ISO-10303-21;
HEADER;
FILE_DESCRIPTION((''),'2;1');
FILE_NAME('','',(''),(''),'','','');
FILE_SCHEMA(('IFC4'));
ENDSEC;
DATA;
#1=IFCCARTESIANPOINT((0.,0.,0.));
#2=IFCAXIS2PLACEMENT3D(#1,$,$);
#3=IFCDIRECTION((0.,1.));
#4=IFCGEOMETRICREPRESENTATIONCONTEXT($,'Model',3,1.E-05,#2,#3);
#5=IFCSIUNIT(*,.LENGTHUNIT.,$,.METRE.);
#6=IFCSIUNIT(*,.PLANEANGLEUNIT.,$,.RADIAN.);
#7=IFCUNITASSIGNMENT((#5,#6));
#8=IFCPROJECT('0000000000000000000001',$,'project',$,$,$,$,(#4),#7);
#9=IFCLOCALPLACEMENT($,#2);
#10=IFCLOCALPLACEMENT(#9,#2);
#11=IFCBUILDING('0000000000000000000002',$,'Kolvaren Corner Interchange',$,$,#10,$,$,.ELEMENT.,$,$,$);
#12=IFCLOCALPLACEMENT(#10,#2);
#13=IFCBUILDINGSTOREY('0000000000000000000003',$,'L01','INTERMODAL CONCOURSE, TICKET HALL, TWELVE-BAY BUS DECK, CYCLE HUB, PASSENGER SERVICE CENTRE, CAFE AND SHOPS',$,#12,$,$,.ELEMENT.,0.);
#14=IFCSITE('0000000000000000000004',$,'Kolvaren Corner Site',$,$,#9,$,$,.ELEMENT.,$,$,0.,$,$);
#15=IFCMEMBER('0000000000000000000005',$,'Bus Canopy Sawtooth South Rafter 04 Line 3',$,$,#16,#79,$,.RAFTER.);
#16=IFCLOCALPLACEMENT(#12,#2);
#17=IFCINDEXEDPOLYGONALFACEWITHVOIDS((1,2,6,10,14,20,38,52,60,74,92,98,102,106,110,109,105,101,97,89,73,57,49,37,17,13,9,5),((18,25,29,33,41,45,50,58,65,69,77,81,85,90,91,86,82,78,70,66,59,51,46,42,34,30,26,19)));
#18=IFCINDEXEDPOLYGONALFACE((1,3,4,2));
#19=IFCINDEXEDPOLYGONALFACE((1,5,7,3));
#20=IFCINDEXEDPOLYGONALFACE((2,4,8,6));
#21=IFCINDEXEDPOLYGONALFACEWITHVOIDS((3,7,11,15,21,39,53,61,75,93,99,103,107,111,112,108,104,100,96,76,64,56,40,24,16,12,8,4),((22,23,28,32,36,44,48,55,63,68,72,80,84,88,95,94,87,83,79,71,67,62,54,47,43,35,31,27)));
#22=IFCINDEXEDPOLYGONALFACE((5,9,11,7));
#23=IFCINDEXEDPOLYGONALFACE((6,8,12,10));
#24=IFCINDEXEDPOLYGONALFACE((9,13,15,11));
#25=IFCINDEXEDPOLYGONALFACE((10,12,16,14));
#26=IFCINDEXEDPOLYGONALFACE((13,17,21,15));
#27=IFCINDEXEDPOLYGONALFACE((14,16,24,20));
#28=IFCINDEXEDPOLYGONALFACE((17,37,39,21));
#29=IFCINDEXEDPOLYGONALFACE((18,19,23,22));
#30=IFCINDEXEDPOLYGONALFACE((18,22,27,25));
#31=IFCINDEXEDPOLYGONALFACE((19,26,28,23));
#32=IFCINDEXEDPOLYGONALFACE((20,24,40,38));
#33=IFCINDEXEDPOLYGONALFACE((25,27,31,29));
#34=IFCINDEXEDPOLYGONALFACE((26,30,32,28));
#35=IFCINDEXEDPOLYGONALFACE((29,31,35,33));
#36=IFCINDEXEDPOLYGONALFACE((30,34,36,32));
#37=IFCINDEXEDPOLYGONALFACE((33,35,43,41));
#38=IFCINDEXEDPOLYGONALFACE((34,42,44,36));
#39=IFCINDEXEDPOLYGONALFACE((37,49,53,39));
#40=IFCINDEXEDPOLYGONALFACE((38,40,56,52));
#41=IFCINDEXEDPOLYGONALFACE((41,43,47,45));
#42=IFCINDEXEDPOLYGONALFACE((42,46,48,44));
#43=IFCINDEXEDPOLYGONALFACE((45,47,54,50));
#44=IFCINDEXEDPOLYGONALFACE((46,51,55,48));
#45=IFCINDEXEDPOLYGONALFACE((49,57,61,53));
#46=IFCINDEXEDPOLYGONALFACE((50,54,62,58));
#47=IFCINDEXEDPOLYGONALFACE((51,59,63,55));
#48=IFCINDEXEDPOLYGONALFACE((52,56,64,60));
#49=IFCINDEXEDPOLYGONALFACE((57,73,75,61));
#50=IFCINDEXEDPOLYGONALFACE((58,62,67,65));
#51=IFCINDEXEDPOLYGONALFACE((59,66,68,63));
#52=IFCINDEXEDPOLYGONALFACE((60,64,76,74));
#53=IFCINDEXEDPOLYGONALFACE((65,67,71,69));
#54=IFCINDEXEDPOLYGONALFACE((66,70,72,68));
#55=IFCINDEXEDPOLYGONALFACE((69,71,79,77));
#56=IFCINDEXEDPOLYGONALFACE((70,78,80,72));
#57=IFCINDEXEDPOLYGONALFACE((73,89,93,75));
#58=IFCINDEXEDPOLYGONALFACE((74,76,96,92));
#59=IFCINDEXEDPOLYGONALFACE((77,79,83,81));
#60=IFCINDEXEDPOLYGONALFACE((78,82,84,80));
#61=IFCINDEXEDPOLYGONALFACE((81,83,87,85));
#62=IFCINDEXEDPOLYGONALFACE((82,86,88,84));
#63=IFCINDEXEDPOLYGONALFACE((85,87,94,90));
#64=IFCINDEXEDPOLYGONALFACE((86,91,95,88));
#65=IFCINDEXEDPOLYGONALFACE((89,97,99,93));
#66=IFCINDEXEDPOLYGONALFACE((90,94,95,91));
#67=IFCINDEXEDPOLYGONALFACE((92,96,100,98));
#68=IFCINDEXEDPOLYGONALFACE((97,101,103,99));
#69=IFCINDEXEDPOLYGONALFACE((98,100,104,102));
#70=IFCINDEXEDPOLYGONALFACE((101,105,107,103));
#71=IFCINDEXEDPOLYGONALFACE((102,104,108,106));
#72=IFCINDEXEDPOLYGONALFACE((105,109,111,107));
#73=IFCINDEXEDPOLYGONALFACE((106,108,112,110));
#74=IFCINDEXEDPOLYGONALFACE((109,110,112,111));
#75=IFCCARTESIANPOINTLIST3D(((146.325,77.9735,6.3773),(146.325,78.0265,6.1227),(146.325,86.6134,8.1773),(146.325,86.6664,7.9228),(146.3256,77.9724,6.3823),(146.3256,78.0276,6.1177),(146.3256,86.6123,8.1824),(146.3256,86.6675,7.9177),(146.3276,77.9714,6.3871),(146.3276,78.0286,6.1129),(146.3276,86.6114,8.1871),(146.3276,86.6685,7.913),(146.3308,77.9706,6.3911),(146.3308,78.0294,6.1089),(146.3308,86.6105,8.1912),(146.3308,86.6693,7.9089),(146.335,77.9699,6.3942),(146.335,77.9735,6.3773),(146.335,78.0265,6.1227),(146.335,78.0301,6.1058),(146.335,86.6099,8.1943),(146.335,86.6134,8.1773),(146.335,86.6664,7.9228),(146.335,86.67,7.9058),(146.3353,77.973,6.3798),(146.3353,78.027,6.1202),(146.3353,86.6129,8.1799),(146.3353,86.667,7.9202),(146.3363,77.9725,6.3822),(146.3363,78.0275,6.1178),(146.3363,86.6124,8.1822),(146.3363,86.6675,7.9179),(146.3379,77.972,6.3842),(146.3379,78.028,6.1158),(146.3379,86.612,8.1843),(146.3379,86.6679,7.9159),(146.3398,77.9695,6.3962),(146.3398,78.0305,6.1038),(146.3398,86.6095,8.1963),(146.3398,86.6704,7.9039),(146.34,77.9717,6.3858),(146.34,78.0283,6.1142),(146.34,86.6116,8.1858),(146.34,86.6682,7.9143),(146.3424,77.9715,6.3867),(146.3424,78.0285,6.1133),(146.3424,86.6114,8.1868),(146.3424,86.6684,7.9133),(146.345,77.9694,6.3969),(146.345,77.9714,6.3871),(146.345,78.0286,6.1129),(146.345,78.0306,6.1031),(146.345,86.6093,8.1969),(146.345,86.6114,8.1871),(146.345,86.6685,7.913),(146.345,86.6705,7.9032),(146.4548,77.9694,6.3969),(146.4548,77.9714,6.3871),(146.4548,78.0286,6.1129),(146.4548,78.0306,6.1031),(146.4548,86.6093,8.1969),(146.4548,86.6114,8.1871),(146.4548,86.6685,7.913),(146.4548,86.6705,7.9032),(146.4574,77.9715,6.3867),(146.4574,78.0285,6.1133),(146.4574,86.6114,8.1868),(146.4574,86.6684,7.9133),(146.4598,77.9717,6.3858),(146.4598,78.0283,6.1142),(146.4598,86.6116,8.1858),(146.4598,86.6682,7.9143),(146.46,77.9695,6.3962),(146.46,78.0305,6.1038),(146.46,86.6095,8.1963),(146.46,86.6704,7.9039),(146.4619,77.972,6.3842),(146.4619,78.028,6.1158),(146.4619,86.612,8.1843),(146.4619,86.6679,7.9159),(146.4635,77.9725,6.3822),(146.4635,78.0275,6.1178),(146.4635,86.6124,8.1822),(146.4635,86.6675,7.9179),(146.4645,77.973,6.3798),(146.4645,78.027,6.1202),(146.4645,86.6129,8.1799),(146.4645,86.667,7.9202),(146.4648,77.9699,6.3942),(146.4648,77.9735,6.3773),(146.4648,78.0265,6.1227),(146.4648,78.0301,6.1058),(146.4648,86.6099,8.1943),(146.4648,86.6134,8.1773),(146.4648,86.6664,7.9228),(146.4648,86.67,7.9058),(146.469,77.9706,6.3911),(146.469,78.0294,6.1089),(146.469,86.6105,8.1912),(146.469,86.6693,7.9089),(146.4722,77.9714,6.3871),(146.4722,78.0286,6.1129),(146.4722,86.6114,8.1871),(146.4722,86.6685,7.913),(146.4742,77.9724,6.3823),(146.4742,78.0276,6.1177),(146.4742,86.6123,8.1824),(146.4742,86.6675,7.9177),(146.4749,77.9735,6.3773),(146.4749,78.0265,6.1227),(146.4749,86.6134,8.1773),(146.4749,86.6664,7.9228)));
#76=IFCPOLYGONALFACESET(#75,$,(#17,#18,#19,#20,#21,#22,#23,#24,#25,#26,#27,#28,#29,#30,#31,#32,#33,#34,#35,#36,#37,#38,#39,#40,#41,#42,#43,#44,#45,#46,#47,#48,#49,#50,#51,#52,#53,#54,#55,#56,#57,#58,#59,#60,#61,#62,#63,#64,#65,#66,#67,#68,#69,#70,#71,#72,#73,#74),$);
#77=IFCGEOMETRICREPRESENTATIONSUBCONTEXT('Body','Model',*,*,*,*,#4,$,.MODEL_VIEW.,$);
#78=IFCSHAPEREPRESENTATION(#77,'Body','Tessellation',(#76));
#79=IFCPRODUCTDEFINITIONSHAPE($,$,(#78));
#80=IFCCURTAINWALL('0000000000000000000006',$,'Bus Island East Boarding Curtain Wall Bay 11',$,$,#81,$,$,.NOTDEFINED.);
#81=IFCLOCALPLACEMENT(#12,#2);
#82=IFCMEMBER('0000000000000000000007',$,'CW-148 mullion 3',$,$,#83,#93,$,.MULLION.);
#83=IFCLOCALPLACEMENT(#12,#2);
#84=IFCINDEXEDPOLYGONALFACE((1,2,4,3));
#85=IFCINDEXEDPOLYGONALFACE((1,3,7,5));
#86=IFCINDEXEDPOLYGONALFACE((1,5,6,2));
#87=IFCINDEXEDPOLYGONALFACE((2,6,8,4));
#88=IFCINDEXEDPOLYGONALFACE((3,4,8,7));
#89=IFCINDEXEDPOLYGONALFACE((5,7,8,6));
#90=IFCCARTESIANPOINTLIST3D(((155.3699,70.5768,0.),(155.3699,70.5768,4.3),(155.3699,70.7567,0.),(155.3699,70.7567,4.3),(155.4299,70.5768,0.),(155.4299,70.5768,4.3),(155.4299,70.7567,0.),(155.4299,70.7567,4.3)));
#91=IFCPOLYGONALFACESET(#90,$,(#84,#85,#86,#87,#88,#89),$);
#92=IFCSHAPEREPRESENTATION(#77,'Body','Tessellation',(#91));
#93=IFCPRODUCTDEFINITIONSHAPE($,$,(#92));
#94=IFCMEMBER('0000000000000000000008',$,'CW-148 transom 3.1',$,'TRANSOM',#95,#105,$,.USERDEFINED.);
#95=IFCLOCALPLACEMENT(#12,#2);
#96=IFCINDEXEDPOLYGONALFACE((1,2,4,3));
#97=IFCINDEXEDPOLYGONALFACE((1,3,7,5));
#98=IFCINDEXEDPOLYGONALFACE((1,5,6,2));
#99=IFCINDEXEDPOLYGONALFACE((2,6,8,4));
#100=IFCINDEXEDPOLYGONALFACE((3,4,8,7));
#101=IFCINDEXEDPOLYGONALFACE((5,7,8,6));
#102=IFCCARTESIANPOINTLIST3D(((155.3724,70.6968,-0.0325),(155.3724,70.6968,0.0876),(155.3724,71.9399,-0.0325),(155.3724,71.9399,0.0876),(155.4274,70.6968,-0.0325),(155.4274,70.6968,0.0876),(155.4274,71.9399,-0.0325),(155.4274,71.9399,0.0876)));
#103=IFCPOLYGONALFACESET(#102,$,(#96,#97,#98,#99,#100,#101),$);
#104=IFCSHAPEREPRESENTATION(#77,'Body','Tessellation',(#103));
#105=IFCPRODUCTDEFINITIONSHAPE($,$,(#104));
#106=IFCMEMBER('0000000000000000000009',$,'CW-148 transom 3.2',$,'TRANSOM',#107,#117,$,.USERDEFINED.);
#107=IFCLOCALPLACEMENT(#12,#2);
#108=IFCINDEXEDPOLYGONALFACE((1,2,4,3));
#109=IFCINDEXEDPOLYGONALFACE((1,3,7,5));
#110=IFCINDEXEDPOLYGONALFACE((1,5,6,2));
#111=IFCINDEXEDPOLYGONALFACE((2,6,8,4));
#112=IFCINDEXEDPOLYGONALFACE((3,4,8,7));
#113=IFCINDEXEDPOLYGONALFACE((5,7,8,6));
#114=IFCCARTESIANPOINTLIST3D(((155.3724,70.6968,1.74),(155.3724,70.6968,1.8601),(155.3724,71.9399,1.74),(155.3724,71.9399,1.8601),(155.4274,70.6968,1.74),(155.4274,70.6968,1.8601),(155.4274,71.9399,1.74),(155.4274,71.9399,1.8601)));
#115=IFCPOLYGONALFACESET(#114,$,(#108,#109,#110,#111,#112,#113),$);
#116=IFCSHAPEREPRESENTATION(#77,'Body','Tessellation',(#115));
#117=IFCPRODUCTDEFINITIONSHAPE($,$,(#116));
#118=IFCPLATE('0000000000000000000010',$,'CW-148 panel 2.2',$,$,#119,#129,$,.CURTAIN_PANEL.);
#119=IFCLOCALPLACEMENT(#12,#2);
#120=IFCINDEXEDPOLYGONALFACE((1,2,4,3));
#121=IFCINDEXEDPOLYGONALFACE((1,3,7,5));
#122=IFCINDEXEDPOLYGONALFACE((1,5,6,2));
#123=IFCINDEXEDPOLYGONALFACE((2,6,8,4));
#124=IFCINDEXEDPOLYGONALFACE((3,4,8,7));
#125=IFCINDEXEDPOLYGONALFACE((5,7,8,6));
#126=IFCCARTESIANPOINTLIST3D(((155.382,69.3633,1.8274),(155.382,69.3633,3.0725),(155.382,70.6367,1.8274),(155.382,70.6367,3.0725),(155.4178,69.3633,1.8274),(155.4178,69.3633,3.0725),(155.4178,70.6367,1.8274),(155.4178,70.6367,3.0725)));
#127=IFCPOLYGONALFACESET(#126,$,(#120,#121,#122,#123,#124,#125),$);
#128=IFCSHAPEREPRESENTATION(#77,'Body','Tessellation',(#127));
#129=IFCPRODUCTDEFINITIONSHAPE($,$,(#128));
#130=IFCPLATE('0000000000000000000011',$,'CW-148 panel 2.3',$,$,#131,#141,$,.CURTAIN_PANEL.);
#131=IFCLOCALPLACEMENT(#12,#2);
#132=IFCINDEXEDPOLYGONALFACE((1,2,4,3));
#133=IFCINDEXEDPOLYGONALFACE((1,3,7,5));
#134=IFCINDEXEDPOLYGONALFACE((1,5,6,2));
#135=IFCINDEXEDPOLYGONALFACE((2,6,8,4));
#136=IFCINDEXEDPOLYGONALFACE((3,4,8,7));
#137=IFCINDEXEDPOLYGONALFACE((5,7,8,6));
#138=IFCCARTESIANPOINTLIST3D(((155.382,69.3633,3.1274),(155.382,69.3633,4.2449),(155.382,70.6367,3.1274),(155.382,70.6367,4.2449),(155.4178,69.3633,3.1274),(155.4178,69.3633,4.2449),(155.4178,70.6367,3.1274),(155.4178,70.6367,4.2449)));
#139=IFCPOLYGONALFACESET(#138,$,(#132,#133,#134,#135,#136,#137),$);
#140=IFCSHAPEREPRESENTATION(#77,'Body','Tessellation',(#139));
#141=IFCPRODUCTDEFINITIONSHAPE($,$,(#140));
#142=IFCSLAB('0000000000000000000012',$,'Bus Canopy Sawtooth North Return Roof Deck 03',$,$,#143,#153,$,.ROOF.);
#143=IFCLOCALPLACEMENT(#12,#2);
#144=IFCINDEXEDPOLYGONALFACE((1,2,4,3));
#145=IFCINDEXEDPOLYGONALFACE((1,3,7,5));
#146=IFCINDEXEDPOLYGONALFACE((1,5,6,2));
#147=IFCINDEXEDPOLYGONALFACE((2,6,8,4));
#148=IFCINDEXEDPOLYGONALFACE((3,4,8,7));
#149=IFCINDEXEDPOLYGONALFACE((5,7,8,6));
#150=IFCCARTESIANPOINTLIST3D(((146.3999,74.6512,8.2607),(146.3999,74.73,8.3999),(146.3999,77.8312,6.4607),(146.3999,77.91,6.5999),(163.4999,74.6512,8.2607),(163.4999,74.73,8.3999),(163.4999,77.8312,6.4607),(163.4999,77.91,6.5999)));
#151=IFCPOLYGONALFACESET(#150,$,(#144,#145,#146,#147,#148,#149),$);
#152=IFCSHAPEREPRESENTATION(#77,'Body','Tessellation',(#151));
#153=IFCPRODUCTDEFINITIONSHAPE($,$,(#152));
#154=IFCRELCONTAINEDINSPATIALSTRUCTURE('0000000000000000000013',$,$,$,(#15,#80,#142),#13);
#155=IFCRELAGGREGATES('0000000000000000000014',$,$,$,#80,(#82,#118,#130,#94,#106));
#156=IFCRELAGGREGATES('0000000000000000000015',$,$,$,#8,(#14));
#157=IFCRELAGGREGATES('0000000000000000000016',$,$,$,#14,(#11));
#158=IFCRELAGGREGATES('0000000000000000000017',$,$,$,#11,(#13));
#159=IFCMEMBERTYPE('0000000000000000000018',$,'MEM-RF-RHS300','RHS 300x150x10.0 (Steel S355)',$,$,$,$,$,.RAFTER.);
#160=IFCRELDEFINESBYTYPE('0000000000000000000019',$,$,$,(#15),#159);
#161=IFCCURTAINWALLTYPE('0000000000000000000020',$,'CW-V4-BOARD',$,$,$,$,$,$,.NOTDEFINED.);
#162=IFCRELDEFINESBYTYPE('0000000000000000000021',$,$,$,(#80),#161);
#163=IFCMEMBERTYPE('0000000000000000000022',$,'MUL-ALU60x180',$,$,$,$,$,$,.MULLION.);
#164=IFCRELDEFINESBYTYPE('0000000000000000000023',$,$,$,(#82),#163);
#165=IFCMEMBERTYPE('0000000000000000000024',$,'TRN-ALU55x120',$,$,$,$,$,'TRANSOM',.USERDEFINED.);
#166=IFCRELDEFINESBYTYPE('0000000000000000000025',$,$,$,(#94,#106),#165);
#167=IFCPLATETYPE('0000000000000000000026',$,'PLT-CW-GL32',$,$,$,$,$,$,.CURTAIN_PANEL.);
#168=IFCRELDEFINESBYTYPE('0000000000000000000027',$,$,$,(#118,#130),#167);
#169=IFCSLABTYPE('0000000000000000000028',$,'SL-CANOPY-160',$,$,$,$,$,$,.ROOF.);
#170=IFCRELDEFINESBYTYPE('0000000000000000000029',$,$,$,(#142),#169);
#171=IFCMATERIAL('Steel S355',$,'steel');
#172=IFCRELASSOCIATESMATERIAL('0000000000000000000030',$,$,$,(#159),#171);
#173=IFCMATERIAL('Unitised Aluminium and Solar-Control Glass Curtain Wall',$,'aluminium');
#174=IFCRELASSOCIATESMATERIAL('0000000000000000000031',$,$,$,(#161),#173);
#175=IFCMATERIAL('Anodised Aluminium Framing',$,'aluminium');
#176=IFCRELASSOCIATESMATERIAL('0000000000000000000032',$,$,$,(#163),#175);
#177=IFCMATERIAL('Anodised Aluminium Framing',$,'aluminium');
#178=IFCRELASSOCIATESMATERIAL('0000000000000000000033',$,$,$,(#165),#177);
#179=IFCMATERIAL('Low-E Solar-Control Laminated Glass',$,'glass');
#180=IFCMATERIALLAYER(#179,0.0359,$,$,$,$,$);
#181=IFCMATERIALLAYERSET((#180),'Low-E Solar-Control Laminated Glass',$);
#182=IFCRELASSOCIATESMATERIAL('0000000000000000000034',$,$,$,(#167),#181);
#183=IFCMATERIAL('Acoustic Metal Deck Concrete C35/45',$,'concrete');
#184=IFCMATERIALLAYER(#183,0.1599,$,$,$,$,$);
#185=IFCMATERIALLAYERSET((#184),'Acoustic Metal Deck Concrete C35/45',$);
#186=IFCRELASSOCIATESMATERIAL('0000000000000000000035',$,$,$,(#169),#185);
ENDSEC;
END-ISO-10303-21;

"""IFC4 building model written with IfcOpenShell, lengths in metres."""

from ifc_helpers import new_model, si_unit, direction, frame, origin, origin_2d, place, context, subcontext, project, spatial, polyline, rectangle, hollow_rectangle, outline, extrude, material, layer, layer_set, material_profile, profile_set, type_object, element, aggregate, save


model = new_model("IFC4")

# Units and contexts
model_context = context("Model", 3, precision=1e-05, world=origin(), true_north=direction((0.0, 1.0)))
body_context = subcontext(model_context, "Body", "Model", "MODEL_VIEW")
ifc_project = project(units=[si_unit("LENGTHUNIT", "METRE"), si_unit("PLANEANGLEUNIT", "RADIAN")], contexts=[model_context])

# Site, building, storey
site_placement = place(None, origin())
site = spatial("IfcSite", under=ifc_project, at=site_placement, Name="Kolvaren Corner Site", CompositionType="ELEMENT", RefElevation=0.0)
building_placement = place(site_placement, origin())
building = spatial("IfcBuilding", under=site, at=building_placement, Name="Kolvaren Corner Interchange", CompositionType="ELEMENT")
storey_placement = place(building_placement, origin())
storey = spatial("IfcBuildingStorey", under=building, at=storey_placement, Name="L01", Description="INTERMODAL CONCOURSE, TICKET HALL, TWELVE-BAY BUS DECK, CYCLE HUB, PASSENGER SERVICE CENTRE, CAFE AND SHOPS", CompositionType="ELEMENT", Elevation=0.0)

# Member
ifc_material_1 = material(Name="Steel S355", Category="steel")
ifc_material_profile_1 = material_profile(ifc_material_1, hollow_rectangle(XDim=0.1499, YDim=0.3, WallThickness=0.01, InnerFilletRadius=0.01, OuterFilletRadius=0.02, at=origin_2d()), Name="RHS 300x150x10.0")
ifc_profile_set_1 = profile_set([ifc_material_profile_1], Name="Steel S355")
member_type_1 = type_object("IfcMemberType", Name="MEM-RF-RHS300", Description="RHS 300x150x10.0 (Steel S355)", PredefinedType="RAFTER", material=ifc_profile_set_1)
for number, where, z_axis, x_axis, name in (
    (1, (146.3999, 78.0, 6.25), (0.0, 0.978979, 0.203962), (-1.0, 0.0, 0.0), "Bus Canopy Sawtooth South Rafter 04 Line 3"),
):
    element("IfcMember", number, at=place(storey_placement, frame(where, z_axis=z_axis, x_axis=x_axis)), inside=storey, type_object=member_type_1, Name=name, PredefinedType="RAFTER", context=body_context, shape_type="SweptSolid", body=[
        extrude(hollow_rectangle(XDim=0.1499, YDim=0.3, WallThickness=0.01, InnerFilletRadius=0.01, OuterFilletRadius=0.02, at=origin_2d()), origin(), (0.0, 0.0, 1.0), 8.8254),
    ])

# Curtain wall, members, plates
ifc_material_2 = material(Name="Unitised Aluminium and Solar-Control Glass Curtain Wall", Category="aluminium")
curtain_wall_type = type_object("IfcCurtainWallType", Name="CW-V4-BOARD", PredefinedType="NOTDEFINED", material=ifc_material_2)
curtain_wall_placement = place(storey_placement, origin())
curtain_wall = element("IfcCurtainWall", 2, at=curtain_wall_placement, inside=storey, type_object=curtain_wall_type, Name="Bus Island East Boarding Curtain Wall Bay 11", PredefinedType="NOTDEFINED")
ifc_material_3 = material(Name="Anodised Aluminium Framing", Category="aluminium")
ifc_material_profile_2 = material_profile(ifc_material_3, rectangle(XDim=0.0601, YDim=0.1799, at=origin_2d()), Name="ALU 60x180")
ifc_profile_set_2 = profile_set([ifc_material_profile_2], Name="Anodised Aluminium Framing")
member_type_2 = type_object("IfcMemberType", Name="MUL-ALU60x180", PredefinedType="MULLION", material=ifc_profile_set_2)
member_1_placement = place(storey_placement, frame((155.3999, 70.6667, 0.0), z_axis=(0.0, 0.0, 1.0), x_axis=(-1.0, 0.0, 0.0)))
member_1 = element("IfcMember", 3, at=member_1_placement, type_object=member_type_2, Name="CW-148 mullion 3", PredefinedType="MULLION", context=body_context, shape_type="SweptSolid", body=[
    extrude(rectangle(XDim=0.0601, YDim=0.1799, at=origin_2d()), origin(), (0.0, 0.0, 1.0), 4.3),
])
ifc_material_4 = material(Name="Anodised Aluminium Framing", Category="aluminium")
ifc_material_profile_3 = material_profile(ifc_material_4, rectangle(XDim=0.0549, YDim=0.1201, at=origin_2d()), Name="ALU 55x120")
ifc_profile_set_3 = profile_set([ifc_material_profile_3], Name="Anodised Aluminium Framing")
member_type_3 = type_object("IfcMemberType", Name="TRN-ALU55x120", ElementType="TRANSOM", PredefinedType="USERDEFINED", material=ifc_profile_set_3)
member_2_placement = place(storey_placement, frame((155.3999, 70.6968, 0.0276), z_axis=(0.0, 1.0, 0.0), x_axis=(-1.0, 0.0, 0.0)))
member_2 = element("IfcMember", 4, at=member_2_placement, type_object=member_type_3, Name="CW-148 transom 3.1", ObjectType="TRANSOM", PredefinedType="USERDEFINED", context=body_context, shape_type="SweptSolid", body=[
    extrude(rectangle(XDim=0.0549, YDim=0.1201, at=origin_2d()), origin(), (0.0, 0.0, 1.0), 1.2432),
])
member_3_placement = place(storey_placement, frame((155.3999, 70.6968, 1.8), z_axis=(0.0, 1.0, 0.0), x_axis=(-1.0, 0.0, 0.0)))
member_3 = element("IfcMember", 5, at=member_3_placement, type_object=member_type_3, Name="CW-148 transom 3.2", ObjectType="TRANSOM", PredefinedType="USERDEFINED", context=body_context, shape_type="SweptSolid", body=[
    extrude(rectangle(XDim=0.0549, YDim=0.1201, at=origin_2d()), origin(), (0.0, 0.0, 1.0), 1.2432),
])
ifc_material_5 = material(Name="Low-E Solar-Control Laminated Glass", Category="glass")
ifc_layer_1 = layer(ifc_material_5, 0.0359)
ifc_layer_set_1 = layer_set([ifc_layer_1], Name="Low-E Solar-Control Laminated Glass")
plate_type = type_object("IfcPlateType", Name="PLT-CW-GL32", PredefinedType="CURTAIN_PANEL", material=ifc_layer_set_1)
plate_1_placement = place(storey_placement, frame((155.3999, 70.0, 1.8274), z_axis=(0.0, 0.0, 1.0), x_axis=(0.0, 1.0, 0.0)))
plate_1 = element("IfcPlate", 6, at=plate_1_placement, type_object=plate_type, Name="CW-148 panel 2.2", PredefinedType="CURTAIN_PANEL", context=body_context, shape_type="SweptSolid", body=[
    extrude(rectangle(XDim=1.2734, YDim=0.0359, at=origin_2d()), origin(), (0.0, 0.0, 1.0), 1.2451),
])
plate_2_placement = place(storey_placement, frame((155.3999, 70.0, 3.1274), z_axis=(0.0, 0.0, 1.0), x_axis=(0.0, 1.0, 0.0)))
plate_2 = element("IfcPlate", 7, at=plate_2_placement, type_object=plate_type, Name="CW-148 panel 2.3", PredefinedType="CURTAIN_PANEL", context=body_context, shape_type="SweptSolid", body=[
    extrude(rectangle(XDim=1.2734, YDim=0.0359, at=origin_2d()), origin(), (0.0, 0.0, 1.0), 1.1174),
])
aggregate(curtain_wall, [member_1, plate_1, plate_2, member_2, member_3])

# Slab
ifc_material_6 = material(Name="Acoustic Metal Deck Concrete C35/45", Category="concrete")
ifc_layer_2 = layer(ifc_material_6, 0.1599)
ifc_layer_set_2 = layer_set([ifc_layer_2], Name="Acoustic Metal Deck Concrete C35/45")
slab_type = type_object("IfcSlabType", Name="SL-CANOPY-160", PredefinedType="ROOF", material=ifc_layer_set_2)
slab_placement = place(storey_placement, frame((146.3999, 74.73, 8.3999), z_axis=(0.0, 0.492598, 0.870257), x_axis=(1.0, 0.0, 0.0)))
element("IfcSlab", 8, at=slab_placement, inside=storey, type_object=slab_type, Name="Bus Canopy Sawtooth North Return Roof Deck 03", PredefinedType="ROOF", context=body_context, shape_type="SweptSolid", body=[
    extrude(outline(polyline([(0.0, 0.0), (17.1, 0.0), (17.1, 3.6541), (0.0, 3.6541), (0.0, 0.0)])), origin(), (0.0, 0.0, -1.0), 0.1599),
])

save(model, "model.ifc")
